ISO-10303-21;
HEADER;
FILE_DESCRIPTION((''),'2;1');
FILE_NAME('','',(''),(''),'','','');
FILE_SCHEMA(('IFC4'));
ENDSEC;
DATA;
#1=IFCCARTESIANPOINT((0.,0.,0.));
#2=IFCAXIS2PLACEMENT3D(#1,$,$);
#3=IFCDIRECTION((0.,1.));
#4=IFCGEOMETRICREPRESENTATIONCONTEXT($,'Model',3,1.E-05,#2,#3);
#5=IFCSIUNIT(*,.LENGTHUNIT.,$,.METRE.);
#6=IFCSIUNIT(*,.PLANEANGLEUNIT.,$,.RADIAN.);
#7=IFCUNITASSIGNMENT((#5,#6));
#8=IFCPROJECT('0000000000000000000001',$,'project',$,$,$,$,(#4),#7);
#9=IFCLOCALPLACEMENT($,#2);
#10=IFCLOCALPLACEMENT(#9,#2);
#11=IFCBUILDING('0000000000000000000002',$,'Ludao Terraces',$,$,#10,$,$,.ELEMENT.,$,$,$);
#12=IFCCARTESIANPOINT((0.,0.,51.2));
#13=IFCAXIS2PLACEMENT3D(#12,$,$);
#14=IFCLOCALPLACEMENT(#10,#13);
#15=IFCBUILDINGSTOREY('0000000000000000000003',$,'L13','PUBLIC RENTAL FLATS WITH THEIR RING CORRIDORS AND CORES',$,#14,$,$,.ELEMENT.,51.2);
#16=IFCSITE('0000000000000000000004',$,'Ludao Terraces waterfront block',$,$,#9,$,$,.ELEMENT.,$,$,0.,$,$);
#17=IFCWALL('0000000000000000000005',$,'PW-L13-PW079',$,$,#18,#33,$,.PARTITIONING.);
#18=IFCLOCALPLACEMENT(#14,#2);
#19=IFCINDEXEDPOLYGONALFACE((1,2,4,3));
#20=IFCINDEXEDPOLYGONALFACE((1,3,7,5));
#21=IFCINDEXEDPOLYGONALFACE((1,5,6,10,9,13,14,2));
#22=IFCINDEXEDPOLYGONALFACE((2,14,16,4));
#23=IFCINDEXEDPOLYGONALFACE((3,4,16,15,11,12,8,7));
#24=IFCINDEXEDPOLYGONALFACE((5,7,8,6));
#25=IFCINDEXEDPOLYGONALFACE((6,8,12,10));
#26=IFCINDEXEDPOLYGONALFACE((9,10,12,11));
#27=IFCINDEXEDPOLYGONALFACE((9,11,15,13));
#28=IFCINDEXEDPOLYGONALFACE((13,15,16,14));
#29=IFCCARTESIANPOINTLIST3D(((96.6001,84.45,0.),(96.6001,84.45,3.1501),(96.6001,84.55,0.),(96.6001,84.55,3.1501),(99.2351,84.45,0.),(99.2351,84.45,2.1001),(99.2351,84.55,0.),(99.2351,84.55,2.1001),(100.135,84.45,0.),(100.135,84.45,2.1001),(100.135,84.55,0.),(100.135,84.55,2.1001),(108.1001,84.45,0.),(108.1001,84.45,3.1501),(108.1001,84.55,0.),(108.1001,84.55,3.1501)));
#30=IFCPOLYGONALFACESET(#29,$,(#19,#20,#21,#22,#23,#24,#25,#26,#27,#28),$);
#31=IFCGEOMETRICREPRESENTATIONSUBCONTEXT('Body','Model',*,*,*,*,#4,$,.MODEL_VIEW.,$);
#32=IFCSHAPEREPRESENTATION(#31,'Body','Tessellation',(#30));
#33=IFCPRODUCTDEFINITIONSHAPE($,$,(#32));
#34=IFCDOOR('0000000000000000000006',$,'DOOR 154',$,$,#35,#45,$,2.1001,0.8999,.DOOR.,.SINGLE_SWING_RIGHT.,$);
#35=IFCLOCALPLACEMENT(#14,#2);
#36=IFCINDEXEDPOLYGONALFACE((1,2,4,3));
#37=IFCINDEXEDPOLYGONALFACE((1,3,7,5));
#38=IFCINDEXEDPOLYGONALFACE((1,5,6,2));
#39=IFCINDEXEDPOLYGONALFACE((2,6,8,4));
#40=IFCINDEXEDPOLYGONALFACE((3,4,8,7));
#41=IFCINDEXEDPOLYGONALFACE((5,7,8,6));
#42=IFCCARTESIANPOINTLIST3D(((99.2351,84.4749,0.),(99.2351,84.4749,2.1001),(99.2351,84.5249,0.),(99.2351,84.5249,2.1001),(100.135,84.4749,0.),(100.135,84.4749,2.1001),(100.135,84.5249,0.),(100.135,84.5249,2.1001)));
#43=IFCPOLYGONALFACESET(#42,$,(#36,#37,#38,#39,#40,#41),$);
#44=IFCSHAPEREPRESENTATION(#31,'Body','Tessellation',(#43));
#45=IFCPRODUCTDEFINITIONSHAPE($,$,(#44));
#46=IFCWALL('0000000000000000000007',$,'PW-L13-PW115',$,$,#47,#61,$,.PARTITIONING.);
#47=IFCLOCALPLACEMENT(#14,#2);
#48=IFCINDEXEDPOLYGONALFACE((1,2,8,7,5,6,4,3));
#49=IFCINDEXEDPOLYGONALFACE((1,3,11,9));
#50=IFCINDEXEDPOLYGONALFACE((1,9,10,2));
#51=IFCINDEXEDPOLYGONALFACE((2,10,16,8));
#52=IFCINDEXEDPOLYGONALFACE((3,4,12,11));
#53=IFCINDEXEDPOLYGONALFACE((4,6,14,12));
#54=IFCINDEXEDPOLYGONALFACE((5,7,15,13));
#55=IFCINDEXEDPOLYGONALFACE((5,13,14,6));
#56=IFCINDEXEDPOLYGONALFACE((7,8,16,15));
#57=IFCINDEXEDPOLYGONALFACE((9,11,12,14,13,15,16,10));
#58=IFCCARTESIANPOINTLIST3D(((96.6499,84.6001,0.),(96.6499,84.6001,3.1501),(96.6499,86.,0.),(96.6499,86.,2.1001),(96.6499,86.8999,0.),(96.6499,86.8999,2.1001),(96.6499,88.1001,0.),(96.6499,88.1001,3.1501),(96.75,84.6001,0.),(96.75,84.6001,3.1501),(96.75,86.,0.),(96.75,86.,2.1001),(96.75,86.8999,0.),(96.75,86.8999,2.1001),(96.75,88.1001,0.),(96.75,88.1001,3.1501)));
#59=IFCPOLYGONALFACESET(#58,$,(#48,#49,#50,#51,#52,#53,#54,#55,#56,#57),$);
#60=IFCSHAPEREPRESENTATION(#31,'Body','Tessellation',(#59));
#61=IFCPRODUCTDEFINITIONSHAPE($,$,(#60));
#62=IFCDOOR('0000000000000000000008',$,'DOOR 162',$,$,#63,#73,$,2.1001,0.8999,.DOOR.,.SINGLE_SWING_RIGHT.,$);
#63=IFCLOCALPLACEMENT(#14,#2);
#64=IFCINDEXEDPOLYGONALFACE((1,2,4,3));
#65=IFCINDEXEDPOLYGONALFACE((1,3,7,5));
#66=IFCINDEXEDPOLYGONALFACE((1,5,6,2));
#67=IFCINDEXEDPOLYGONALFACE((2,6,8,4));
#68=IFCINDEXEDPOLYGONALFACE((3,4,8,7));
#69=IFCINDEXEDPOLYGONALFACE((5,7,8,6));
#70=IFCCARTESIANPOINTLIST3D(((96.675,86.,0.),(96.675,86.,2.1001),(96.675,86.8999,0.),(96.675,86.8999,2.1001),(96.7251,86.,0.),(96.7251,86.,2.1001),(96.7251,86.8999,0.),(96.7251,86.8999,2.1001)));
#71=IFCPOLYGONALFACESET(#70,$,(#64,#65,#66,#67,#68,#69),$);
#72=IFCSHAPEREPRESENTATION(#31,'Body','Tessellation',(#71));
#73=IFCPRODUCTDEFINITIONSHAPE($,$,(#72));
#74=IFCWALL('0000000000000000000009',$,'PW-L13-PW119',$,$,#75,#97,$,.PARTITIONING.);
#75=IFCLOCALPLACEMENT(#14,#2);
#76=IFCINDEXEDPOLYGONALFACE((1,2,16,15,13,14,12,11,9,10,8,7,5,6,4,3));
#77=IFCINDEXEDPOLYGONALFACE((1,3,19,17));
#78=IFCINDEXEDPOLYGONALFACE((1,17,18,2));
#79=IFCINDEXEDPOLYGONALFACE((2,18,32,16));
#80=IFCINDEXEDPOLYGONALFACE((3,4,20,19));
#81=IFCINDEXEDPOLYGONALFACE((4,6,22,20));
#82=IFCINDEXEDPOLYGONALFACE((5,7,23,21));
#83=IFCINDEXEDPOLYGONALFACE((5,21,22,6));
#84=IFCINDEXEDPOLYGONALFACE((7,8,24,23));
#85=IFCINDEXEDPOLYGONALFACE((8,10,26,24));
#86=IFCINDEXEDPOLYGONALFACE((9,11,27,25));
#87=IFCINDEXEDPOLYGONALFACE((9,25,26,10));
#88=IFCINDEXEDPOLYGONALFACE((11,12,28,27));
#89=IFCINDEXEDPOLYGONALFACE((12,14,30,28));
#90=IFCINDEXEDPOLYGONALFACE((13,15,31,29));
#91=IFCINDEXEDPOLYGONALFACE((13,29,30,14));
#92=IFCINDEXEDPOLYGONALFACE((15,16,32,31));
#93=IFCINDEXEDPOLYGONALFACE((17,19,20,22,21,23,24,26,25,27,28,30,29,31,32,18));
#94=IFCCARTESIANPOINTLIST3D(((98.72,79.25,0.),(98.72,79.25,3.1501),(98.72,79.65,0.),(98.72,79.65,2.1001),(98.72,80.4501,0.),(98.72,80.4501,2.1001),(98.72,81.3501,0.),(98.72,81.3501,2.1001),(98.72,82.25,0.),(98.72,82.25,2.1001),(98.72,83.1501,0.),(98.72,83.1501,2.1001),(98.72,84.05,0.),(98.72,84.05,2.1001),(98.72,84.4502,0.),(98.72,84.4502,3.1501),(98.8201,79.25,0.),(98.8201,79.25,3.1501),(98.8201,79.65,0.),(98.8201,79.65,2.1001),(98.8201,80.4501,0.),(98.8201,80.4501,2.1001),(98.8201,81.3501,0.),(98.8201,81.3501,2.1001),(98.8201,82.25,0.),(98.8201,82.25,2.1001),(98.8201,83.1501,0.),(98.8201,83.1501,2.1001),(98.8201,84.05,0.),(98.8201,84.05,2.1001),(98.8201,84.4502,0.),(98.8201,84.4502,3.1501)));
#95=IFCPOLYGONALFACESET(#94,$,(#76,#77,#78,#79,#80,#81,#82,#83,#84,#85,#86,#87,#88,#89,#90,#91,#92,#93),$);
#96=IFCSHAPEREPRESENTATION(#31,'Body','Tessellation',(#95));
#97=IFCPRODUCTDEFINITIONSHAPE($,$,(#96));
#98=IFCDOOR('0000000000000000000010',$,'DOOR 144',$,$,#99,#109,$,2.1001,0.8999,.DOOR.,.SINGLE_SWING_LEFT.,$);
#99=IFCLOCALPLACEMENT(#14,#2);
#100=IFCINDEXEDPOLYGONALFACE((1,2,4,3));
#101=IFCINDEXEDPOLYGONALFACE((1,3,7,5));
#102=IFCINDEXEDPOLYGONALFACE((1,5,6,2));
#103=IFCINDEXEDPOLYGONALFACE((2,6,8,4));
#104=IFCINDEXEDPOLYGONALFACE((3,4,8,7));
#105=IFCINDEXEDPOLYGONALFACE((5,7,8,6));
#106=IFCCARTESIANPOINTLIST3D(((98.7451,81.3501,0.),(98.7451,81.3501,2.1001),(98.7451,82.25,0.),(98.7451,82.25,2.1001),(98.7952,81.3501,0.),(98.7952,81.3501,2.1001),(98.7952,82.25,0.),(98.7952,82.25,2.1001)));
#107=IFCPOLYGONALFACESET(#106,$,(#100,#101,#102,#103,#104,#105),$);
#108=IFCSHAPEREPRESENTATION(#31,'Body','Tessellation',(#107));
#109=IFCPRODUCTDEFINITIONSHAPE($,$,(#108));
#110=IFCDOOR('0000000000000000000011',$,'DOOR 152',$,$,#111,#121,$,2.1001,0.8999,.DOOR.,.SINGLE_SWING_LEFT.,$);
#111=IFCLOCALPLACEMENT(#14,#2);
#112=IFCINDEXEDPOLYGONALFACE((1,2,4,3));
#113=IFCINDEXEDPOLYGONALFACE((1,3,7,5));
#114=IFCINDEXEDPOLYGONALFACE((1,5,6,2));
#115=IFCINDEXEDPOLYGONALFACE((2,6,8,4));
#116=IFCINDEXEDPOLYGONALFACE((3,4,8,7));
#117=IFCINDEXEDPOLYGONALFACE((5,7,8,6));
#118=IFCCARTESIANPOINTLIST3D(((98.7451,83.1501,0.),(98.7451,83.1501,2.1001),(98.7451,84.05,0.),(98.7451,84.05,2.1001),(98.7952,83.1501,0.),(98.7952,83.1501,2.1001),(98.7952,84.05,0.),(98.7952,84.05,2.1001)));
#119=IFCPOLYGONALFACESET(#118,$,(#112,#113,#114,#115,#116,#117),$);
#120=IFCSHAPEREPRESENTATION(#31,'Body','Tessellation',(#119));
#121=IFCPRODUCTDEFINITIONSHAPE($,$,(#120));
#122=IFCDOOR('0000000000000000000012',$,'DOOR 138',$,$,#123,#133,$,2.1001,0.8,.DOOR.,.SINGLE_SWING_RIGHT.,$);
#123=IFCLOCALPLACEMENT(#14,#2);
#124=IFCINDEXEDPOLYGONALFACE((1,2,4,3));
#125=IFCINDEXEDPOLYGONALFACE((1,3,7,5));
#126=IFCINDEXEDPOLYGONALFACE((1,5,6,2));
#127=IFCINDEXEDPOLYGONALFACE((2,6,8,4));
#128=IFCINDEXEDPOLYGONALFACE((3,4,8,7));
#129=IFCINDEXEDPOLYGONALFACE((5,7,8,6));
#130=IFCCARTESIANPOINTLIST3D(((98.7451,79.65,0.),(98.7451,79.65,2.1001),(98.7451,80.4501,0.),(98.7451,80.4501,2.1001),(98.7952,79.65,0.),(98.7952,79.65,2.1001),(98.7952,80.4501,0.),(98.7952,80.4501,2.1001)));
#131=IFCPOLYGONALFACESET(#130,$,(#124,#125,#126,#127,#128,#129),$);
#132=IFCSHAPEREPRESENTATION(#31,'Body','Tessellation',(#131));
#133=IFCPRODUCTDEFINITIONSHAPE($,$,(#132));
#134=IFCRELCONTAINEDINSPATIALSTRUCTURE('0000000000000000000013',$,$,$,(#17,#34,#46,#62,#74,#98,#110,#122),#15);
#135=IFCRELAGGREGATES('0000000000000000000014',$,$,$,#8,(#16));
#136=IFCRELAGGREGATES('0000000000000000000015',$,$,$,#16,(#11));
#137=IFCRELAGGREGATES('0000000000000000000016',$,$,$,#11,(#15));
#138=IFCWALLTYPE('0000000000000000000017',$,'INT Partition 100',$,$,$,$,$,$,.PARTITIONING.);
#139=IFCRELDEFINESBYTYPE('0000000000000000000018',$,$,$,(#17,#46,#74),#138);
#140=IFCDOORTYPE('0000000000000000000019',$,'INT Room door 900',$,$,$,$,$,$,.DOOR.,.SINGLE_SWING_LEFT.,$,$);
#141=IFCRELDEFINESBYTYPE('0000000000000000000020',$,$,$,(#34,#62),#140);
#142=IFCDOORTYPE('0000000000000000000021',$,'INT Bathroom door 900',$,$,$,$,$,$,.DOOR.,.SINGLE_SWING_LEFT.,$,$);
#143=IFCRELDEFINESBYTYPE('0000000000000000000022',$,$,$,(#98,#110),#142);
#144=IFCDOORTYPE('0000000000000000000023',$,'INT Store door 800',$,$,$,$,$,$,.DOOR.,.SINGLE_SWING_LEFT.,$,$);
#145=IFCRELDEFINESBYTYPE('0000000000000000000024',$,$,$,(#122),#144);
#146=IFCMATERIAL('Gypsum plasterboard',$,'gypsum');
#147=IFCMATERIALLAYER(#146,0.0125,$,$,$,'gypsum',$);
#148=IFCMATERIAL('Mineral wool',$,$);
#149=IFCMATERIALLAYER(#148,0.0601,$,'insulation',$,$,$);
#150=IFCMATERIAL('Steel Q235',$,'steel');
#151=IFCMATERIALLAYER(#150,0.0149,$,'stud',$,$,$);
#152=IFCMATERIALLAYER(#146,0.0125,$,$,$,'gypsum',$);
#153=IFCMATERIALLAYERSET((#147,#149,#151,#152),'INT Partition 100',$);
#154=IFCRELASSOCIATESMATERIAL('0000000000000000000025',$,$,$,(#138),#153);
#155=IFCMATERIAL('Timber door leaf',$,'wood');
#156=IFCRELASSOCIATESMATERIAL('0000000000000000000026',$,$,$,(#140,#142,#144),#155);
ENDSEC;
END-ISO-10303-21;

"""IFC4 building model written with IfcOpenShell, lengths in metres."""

from ifc_helpers import new_model, si_unit, direction, frame, frame_2d, origin, place, context, subcontext, project, spatial, rectangle, extrude, material, layer, layer_set, type_object, element, fill, save


model = new_model("IFC4")

# Units and contexts
model_context = context("Model", 3, precision=1e-05, world=origin(), true_north=direction((0.0, 1.0)))
body_context = subcontext(model_context, "Body", "Model", "MODEL_VIEW")
ifc_project = project(units=[si_unit("LENGTHUNIT", "METRE"), si_unit("PLANEANGLEUNIT", "RADIAN")], contexts=[model_context])

# Site, building, storey
site_placement = place(None, origin())
site = spatial("IfcSite", under=ifc_project, at=site_placement, Name="Ludao Terraces waterfront block", CompositionType="ELEMENT", RefElevation=0.0)
building_placement = place(site_placement, origin())
building = spatial("IfcBuilding", under=site, at=building_placement, Name="Ludao Terraces", CompositionType="ELEMENT")
storey_placement = place(building_placement, frame((0.0, 0.0, 51.2)))
storey = spatial("IfcBuildingStorey", under=building, at=storey_placement, Name="L13", Description="PUBLIC RENTAL FLATS WITH THEIR RING CORRIDORS AND CORES", CompositionType="ELEMENT", Elevation=51.2)

# Shared definitions
ifc_material_1 = material(Name="Steel Q235", Category="steel")

# Shared definitions
ifc_material_2 = material(Name="Mineral wool")

# Shared definitions
ifc_material_3 = material(Name="Gypsum plasterboard", Category="gypsum")
ifc_layer_1 = layer(ifc_material_3, 0.0125, Category="gypsum")
ifc_layer_2 = layer(ifc_material_2, 0.0601, Name="insulation")
ifc_layer_3 = layer(ifc_material_1, 0.0149, Name="stud")
ifc_layer_4 = layer(ifc_material_3, 0.0125, Category="gypsum")
ifc_layer_set_1 = layer_set([ifc_layer_1, ifc_layer_2, ifc_layer_3, ifc_layer_4], Name="INT Partition 100")
wall_type_1 = type_object("IfcWallType", Name="INT Partition 100", PredefinedType="PARTITIONING", material=ifc_layer_set_1)

# Walls, openings, doors
wall_1_placement = place(storey_placement, frame((96.6001, 84.5, 0.0), z_axis=(0.0, 0.0, 1.0), x_axis=(1.0, 0.0, 0.0)))
wall_1 = element("IfcWall", 1, at=wall_1_placement, inside=storey, type_object=wall_type_1, Name="PW-L13-PW079", PredefinedType="PARTITIONING", context=body_context, shape_type="SweptSolid", body=[
    extrude(rectangle(XDim=11.5, YDim=0.1001, at=frame_2d((5.75, 0.0))), origin(), (0.0, 0.0, 1.0), 3.1501),
])
opening_1_placement = place(wall_1_placement, frame((2.635, 0.0, 0.0)))
opening_1 = element("IfcOpeningElement", 2, at=opening_1_placement, cuts=wall_1, PredefinedType="OPENING", context=body_context, shape_type="SweptSolid", body=[
    extrude(rectangle(XDim=0.8999, YDim=2.1001, at=frame_2d((0.45, 1.05))), frame((0.0, 0.0601, 0.0), z_axis=(0.0, -1.0, 0.0), x_axis=(1.0, 0.0, 0.0)), (0.0, 0.0, 1.0), 0.1201),
])
ifc_material_4 = material(Name="Timber door leaf", Category="wood")
door_type_1 = type_object("IfcDoorType", Name="INT Room door 900", OperationType="SINGLE_SWING_LEFT", PredefinedType="DOOR", material=ifc_material_4)
door_1_placement = place(opening_1_placement, origin())
door_1 = element("IfcDoor", 3, at=door_1_placement, inside=storey, type_object=door_type_1, Name="DOOR 154", OperationType="SINGLE_SWING_RIGHT", OverallHeight=2.1001, OverallWidth=0.8999, PredefinedType="DOOR", context=body_context, shape_type="SweptSolid", body=[
    extrude(rectangle(XDim=0.8999, YDim=2.1001, at=frame_2d((0.45, 1.05))), frame((0.0, 0.0249, 0.0), z_axis=(0.0, -1.0, 0.0), x_axis=(1.0, 0.0, 0.0)), (0.0, 0.0, 1.0), 0.05),
])
fill(opening_1, door_1)
wall_2_placement = place(storey_placement, frame((96.7, 84.6001, 0.0), z_axis=(0.0, 0.0, 1.0), x_axis=(0.0, 1.0, 0.0)))
wall_2 = element("IfcWall", 4, at=wall_2_placement, inside=storey, type_object=wall_type_1, Name="PW-L13-PW115", PredefinedType="PARTITIONING", context=body_context, shape_type="SweptSolid", body=[
    extrude(rectangle(XDim=3.5, YDim=0.1001, at=frame_2d((1.75, 0.0))), origin(), (0.0, 0.0, 1.0), 3.1501),
])
opening_2_placement = place(wall_2_placement, frame((1.3999, 0.0, 0.0)))
opening_2 = element("IfcOpeningElement", 5, at=opening_2_placement, cuts=wall_2, PredefinedType="OPENING", context=body_context, shape_type="SweptSolid", body=[
    extrude(rectangle(XDim=0.8999, YDim=2.1001, at=frame_2d((0.45, 1.05))), frame((0.0, 0.0601, 0.0), z_axis=(0.0, -1.0, 0.0), x_axis=(1.0, 0.0, 0.0)), (0.0, 0.0, 1.0), 0.1201),
])
door_2_placement = place(opening_2_placement, origin())
door_2 = element("IfcDoor", 6, at=door_2_placement, inside=storey, type_object=door_type_1, Name="DOOR 162", OperationType="SINGLE_SWING_RIGHT", OverallHeight=2.1001, OverallWidth=0.8999, PredefinedType="DOOR", context=body_context, shape_type="SweptSolid", body=[
    extrude(rectangle(XDim=0.8999, YDim=2.1001, at=frame_2d((0.45, 1.05))), frame((0.0, 0.0249, 0.0), z_axis=(0.0, -1.0, 0.0), x_axis=(1.0, 0.0, 0.0)), (0.0, 0.0, 1.0), 0.05),
])
fill(opening_2, door_2)

# Wall, openings, doors
wall_3_placement = place(storey_placement, frame((98.77, 79.25, 0.0), z_axis=(0.0, 0.0, 1.0), x_axis=(0.0, 1.0, 0.0)))
wall_3 = element("IfcWall", 7, at=wall_3_placement, inside=storey, type_object=wall_type_1, Name="PW-L13-PW119", PredefinedType="PARTITIONING", context=body_context, shape_type="SweptSolid", body=[
    extrude(rectangle(XDim=5.2002, YDim=0.1001, at=frame_2d((2.6001, 0.0))), origin(), (0.0, 0.0, 1.0), 3.1501),
])
opening_3_placement = place(wall_3_placement, frame((0.4001, 0.0, 0.0)))
opening_3 = element("IfcOpeningElement", 8, at=opening_3_placement, cuts=wall_3, PredefinedType="OPENING", context=body_context, shape_type="SweptSolid", body=[
    extrude(rectangle(XDim=0.8, YDim=2.1001, at=frame_2d((0.3999, 1.05))), frame((0.0, 0.0601, 0.0), z_axis=(0.0, -1.0, 0.0), x_axis=(1.0, 0.0, 0.0)), (0.0, 0.0, 1.0), 0.1201),
])
opening_4_placement = place(wall_3_placement, frame((2.1001, 0.0, 0.0)))
opening_4 = element("IfcOpeningElement", 9, at=opening_4_placement, cuts=wall_3, PredefinedType="OPENING", context=body_context, shape_type="SweptSolid", body=[
    extrude(rectangle(XDim=0.8999, YDim=2.1001, at=frame_2d((0.45, 1.05))), frame((0.0, 0.0601, 0.0), z_axis=(0.0, -1.0, 0.0), x_axis=(1.0, 0.0, 0.0)), (0.0, 0.0, 1.0), 0.1201),
])
opening_5_placement = place(wall_3_placement, frame((3.9001, 0.0, 0.0)))
opening_5 = element("IfcOpeningElement", 10, at=opening_5_placement, cuts=wall_3, PredefinedType="OPENING", context=body_context, shape_type="SweptSolid", body=[
    extrude(rectangle(XDim=0.8999, YDim=2.1001, at=frame_2d((0.45, 1.05))), frame((0.0, 0.0601, 0.0), z_axis=(0.0, -1.0, 0.0), x_axis=(1.0, 0.0, 0.0)), (0.0, 0.0, 1.0), 0.1201),
])
door_type_2 = type_object("IfcDoorType", Name="INT Bathroom door 900", OperationType="SINGLE_SWING_LEFT", PredefinedType="DOOR", material=ifc_material_4)
door_3_placement = place(opening_4_placement, origin())
door_3 = element("IfcDoor", 11, at=door_3_placement, inside=storey, type_object=door_type_2, Name="DOOR 144", OperationType="SINGLE_SWING_LEFT", OverallHeight=2.1001, OverallWidth=0.8999, PredefinedType="DOOR", context=body_context, shape_type="SweptSolid", body=[
    extrude(rectangle(XDim=0.8999, YDim=2.1001, at=frame_2d((0.45, 1.05))), frame((0.0, 0.0249, 0.0), z_axis=(0.0, -1.0, 0.0), x_axis=(1.0, 0.0, 0.0)), (0.0, 0.0, 1.0), 0.05),
])
fill(opening_4, door_3)
door_4_placement = place(opening_5_placement, origin())
door_4 = element("IfcDoor", 12, at=door_4_placement, inside=storey, type_object=door_type_2, Name="DOOR 152", OperationType="SINGLE_SWING_LEFT", OverallHeight=2.1001, OverallWidth=0.8999, PredefinedType="DOOR", context=body_context, shape_type="SweptSolid", body=[
    extrude(rectangle(XDim=0.8999, YDim=2.1001, at=frame_2d((0.45, 1.05))), frame((0.0, 0.0249, 0.0), z_axis=(0.0, -1.0, 0.0), x_axis=(1.0, 0.0, 0.0)), (0.0, 0.0, 1.0), 0.05),
])
fill(opening_5, door_4)
door_type_3 = type_object("IfcDoorType", Name="INT Store door 800", OperationType="SINGLE_SWING_LEFT", PredefinedType="DOOR", material=ifc_material_4)
door_5_placement = place(opening_3_placement, origin())
door_5 = element("IfcDoor", 13, at=door_5_placement, inside=storey, type_object=door_type_3, Name="DOOR 138", OperationType="SINGLE_SWING_RIGHT", OverallHeight=2.1001, OverallWidth=0.8, PredefinedType="DOOR", context=body_context, shape_type="SweptSolid", body=[
    extrude(rectangle(XDim=0.8, YDim=2.1001, at=frame_2d((0.3999, 1.05))), frame((0.0, 0.0249, 0.0), z_axis=(0.0, -1.0, 0.0), x_axis=(1.0, 0.0, 0.0)), (0.0, 0.0, 1.0), 0.05),
])
fill(opening_3, door_5)

save(model, "model.ifc")
